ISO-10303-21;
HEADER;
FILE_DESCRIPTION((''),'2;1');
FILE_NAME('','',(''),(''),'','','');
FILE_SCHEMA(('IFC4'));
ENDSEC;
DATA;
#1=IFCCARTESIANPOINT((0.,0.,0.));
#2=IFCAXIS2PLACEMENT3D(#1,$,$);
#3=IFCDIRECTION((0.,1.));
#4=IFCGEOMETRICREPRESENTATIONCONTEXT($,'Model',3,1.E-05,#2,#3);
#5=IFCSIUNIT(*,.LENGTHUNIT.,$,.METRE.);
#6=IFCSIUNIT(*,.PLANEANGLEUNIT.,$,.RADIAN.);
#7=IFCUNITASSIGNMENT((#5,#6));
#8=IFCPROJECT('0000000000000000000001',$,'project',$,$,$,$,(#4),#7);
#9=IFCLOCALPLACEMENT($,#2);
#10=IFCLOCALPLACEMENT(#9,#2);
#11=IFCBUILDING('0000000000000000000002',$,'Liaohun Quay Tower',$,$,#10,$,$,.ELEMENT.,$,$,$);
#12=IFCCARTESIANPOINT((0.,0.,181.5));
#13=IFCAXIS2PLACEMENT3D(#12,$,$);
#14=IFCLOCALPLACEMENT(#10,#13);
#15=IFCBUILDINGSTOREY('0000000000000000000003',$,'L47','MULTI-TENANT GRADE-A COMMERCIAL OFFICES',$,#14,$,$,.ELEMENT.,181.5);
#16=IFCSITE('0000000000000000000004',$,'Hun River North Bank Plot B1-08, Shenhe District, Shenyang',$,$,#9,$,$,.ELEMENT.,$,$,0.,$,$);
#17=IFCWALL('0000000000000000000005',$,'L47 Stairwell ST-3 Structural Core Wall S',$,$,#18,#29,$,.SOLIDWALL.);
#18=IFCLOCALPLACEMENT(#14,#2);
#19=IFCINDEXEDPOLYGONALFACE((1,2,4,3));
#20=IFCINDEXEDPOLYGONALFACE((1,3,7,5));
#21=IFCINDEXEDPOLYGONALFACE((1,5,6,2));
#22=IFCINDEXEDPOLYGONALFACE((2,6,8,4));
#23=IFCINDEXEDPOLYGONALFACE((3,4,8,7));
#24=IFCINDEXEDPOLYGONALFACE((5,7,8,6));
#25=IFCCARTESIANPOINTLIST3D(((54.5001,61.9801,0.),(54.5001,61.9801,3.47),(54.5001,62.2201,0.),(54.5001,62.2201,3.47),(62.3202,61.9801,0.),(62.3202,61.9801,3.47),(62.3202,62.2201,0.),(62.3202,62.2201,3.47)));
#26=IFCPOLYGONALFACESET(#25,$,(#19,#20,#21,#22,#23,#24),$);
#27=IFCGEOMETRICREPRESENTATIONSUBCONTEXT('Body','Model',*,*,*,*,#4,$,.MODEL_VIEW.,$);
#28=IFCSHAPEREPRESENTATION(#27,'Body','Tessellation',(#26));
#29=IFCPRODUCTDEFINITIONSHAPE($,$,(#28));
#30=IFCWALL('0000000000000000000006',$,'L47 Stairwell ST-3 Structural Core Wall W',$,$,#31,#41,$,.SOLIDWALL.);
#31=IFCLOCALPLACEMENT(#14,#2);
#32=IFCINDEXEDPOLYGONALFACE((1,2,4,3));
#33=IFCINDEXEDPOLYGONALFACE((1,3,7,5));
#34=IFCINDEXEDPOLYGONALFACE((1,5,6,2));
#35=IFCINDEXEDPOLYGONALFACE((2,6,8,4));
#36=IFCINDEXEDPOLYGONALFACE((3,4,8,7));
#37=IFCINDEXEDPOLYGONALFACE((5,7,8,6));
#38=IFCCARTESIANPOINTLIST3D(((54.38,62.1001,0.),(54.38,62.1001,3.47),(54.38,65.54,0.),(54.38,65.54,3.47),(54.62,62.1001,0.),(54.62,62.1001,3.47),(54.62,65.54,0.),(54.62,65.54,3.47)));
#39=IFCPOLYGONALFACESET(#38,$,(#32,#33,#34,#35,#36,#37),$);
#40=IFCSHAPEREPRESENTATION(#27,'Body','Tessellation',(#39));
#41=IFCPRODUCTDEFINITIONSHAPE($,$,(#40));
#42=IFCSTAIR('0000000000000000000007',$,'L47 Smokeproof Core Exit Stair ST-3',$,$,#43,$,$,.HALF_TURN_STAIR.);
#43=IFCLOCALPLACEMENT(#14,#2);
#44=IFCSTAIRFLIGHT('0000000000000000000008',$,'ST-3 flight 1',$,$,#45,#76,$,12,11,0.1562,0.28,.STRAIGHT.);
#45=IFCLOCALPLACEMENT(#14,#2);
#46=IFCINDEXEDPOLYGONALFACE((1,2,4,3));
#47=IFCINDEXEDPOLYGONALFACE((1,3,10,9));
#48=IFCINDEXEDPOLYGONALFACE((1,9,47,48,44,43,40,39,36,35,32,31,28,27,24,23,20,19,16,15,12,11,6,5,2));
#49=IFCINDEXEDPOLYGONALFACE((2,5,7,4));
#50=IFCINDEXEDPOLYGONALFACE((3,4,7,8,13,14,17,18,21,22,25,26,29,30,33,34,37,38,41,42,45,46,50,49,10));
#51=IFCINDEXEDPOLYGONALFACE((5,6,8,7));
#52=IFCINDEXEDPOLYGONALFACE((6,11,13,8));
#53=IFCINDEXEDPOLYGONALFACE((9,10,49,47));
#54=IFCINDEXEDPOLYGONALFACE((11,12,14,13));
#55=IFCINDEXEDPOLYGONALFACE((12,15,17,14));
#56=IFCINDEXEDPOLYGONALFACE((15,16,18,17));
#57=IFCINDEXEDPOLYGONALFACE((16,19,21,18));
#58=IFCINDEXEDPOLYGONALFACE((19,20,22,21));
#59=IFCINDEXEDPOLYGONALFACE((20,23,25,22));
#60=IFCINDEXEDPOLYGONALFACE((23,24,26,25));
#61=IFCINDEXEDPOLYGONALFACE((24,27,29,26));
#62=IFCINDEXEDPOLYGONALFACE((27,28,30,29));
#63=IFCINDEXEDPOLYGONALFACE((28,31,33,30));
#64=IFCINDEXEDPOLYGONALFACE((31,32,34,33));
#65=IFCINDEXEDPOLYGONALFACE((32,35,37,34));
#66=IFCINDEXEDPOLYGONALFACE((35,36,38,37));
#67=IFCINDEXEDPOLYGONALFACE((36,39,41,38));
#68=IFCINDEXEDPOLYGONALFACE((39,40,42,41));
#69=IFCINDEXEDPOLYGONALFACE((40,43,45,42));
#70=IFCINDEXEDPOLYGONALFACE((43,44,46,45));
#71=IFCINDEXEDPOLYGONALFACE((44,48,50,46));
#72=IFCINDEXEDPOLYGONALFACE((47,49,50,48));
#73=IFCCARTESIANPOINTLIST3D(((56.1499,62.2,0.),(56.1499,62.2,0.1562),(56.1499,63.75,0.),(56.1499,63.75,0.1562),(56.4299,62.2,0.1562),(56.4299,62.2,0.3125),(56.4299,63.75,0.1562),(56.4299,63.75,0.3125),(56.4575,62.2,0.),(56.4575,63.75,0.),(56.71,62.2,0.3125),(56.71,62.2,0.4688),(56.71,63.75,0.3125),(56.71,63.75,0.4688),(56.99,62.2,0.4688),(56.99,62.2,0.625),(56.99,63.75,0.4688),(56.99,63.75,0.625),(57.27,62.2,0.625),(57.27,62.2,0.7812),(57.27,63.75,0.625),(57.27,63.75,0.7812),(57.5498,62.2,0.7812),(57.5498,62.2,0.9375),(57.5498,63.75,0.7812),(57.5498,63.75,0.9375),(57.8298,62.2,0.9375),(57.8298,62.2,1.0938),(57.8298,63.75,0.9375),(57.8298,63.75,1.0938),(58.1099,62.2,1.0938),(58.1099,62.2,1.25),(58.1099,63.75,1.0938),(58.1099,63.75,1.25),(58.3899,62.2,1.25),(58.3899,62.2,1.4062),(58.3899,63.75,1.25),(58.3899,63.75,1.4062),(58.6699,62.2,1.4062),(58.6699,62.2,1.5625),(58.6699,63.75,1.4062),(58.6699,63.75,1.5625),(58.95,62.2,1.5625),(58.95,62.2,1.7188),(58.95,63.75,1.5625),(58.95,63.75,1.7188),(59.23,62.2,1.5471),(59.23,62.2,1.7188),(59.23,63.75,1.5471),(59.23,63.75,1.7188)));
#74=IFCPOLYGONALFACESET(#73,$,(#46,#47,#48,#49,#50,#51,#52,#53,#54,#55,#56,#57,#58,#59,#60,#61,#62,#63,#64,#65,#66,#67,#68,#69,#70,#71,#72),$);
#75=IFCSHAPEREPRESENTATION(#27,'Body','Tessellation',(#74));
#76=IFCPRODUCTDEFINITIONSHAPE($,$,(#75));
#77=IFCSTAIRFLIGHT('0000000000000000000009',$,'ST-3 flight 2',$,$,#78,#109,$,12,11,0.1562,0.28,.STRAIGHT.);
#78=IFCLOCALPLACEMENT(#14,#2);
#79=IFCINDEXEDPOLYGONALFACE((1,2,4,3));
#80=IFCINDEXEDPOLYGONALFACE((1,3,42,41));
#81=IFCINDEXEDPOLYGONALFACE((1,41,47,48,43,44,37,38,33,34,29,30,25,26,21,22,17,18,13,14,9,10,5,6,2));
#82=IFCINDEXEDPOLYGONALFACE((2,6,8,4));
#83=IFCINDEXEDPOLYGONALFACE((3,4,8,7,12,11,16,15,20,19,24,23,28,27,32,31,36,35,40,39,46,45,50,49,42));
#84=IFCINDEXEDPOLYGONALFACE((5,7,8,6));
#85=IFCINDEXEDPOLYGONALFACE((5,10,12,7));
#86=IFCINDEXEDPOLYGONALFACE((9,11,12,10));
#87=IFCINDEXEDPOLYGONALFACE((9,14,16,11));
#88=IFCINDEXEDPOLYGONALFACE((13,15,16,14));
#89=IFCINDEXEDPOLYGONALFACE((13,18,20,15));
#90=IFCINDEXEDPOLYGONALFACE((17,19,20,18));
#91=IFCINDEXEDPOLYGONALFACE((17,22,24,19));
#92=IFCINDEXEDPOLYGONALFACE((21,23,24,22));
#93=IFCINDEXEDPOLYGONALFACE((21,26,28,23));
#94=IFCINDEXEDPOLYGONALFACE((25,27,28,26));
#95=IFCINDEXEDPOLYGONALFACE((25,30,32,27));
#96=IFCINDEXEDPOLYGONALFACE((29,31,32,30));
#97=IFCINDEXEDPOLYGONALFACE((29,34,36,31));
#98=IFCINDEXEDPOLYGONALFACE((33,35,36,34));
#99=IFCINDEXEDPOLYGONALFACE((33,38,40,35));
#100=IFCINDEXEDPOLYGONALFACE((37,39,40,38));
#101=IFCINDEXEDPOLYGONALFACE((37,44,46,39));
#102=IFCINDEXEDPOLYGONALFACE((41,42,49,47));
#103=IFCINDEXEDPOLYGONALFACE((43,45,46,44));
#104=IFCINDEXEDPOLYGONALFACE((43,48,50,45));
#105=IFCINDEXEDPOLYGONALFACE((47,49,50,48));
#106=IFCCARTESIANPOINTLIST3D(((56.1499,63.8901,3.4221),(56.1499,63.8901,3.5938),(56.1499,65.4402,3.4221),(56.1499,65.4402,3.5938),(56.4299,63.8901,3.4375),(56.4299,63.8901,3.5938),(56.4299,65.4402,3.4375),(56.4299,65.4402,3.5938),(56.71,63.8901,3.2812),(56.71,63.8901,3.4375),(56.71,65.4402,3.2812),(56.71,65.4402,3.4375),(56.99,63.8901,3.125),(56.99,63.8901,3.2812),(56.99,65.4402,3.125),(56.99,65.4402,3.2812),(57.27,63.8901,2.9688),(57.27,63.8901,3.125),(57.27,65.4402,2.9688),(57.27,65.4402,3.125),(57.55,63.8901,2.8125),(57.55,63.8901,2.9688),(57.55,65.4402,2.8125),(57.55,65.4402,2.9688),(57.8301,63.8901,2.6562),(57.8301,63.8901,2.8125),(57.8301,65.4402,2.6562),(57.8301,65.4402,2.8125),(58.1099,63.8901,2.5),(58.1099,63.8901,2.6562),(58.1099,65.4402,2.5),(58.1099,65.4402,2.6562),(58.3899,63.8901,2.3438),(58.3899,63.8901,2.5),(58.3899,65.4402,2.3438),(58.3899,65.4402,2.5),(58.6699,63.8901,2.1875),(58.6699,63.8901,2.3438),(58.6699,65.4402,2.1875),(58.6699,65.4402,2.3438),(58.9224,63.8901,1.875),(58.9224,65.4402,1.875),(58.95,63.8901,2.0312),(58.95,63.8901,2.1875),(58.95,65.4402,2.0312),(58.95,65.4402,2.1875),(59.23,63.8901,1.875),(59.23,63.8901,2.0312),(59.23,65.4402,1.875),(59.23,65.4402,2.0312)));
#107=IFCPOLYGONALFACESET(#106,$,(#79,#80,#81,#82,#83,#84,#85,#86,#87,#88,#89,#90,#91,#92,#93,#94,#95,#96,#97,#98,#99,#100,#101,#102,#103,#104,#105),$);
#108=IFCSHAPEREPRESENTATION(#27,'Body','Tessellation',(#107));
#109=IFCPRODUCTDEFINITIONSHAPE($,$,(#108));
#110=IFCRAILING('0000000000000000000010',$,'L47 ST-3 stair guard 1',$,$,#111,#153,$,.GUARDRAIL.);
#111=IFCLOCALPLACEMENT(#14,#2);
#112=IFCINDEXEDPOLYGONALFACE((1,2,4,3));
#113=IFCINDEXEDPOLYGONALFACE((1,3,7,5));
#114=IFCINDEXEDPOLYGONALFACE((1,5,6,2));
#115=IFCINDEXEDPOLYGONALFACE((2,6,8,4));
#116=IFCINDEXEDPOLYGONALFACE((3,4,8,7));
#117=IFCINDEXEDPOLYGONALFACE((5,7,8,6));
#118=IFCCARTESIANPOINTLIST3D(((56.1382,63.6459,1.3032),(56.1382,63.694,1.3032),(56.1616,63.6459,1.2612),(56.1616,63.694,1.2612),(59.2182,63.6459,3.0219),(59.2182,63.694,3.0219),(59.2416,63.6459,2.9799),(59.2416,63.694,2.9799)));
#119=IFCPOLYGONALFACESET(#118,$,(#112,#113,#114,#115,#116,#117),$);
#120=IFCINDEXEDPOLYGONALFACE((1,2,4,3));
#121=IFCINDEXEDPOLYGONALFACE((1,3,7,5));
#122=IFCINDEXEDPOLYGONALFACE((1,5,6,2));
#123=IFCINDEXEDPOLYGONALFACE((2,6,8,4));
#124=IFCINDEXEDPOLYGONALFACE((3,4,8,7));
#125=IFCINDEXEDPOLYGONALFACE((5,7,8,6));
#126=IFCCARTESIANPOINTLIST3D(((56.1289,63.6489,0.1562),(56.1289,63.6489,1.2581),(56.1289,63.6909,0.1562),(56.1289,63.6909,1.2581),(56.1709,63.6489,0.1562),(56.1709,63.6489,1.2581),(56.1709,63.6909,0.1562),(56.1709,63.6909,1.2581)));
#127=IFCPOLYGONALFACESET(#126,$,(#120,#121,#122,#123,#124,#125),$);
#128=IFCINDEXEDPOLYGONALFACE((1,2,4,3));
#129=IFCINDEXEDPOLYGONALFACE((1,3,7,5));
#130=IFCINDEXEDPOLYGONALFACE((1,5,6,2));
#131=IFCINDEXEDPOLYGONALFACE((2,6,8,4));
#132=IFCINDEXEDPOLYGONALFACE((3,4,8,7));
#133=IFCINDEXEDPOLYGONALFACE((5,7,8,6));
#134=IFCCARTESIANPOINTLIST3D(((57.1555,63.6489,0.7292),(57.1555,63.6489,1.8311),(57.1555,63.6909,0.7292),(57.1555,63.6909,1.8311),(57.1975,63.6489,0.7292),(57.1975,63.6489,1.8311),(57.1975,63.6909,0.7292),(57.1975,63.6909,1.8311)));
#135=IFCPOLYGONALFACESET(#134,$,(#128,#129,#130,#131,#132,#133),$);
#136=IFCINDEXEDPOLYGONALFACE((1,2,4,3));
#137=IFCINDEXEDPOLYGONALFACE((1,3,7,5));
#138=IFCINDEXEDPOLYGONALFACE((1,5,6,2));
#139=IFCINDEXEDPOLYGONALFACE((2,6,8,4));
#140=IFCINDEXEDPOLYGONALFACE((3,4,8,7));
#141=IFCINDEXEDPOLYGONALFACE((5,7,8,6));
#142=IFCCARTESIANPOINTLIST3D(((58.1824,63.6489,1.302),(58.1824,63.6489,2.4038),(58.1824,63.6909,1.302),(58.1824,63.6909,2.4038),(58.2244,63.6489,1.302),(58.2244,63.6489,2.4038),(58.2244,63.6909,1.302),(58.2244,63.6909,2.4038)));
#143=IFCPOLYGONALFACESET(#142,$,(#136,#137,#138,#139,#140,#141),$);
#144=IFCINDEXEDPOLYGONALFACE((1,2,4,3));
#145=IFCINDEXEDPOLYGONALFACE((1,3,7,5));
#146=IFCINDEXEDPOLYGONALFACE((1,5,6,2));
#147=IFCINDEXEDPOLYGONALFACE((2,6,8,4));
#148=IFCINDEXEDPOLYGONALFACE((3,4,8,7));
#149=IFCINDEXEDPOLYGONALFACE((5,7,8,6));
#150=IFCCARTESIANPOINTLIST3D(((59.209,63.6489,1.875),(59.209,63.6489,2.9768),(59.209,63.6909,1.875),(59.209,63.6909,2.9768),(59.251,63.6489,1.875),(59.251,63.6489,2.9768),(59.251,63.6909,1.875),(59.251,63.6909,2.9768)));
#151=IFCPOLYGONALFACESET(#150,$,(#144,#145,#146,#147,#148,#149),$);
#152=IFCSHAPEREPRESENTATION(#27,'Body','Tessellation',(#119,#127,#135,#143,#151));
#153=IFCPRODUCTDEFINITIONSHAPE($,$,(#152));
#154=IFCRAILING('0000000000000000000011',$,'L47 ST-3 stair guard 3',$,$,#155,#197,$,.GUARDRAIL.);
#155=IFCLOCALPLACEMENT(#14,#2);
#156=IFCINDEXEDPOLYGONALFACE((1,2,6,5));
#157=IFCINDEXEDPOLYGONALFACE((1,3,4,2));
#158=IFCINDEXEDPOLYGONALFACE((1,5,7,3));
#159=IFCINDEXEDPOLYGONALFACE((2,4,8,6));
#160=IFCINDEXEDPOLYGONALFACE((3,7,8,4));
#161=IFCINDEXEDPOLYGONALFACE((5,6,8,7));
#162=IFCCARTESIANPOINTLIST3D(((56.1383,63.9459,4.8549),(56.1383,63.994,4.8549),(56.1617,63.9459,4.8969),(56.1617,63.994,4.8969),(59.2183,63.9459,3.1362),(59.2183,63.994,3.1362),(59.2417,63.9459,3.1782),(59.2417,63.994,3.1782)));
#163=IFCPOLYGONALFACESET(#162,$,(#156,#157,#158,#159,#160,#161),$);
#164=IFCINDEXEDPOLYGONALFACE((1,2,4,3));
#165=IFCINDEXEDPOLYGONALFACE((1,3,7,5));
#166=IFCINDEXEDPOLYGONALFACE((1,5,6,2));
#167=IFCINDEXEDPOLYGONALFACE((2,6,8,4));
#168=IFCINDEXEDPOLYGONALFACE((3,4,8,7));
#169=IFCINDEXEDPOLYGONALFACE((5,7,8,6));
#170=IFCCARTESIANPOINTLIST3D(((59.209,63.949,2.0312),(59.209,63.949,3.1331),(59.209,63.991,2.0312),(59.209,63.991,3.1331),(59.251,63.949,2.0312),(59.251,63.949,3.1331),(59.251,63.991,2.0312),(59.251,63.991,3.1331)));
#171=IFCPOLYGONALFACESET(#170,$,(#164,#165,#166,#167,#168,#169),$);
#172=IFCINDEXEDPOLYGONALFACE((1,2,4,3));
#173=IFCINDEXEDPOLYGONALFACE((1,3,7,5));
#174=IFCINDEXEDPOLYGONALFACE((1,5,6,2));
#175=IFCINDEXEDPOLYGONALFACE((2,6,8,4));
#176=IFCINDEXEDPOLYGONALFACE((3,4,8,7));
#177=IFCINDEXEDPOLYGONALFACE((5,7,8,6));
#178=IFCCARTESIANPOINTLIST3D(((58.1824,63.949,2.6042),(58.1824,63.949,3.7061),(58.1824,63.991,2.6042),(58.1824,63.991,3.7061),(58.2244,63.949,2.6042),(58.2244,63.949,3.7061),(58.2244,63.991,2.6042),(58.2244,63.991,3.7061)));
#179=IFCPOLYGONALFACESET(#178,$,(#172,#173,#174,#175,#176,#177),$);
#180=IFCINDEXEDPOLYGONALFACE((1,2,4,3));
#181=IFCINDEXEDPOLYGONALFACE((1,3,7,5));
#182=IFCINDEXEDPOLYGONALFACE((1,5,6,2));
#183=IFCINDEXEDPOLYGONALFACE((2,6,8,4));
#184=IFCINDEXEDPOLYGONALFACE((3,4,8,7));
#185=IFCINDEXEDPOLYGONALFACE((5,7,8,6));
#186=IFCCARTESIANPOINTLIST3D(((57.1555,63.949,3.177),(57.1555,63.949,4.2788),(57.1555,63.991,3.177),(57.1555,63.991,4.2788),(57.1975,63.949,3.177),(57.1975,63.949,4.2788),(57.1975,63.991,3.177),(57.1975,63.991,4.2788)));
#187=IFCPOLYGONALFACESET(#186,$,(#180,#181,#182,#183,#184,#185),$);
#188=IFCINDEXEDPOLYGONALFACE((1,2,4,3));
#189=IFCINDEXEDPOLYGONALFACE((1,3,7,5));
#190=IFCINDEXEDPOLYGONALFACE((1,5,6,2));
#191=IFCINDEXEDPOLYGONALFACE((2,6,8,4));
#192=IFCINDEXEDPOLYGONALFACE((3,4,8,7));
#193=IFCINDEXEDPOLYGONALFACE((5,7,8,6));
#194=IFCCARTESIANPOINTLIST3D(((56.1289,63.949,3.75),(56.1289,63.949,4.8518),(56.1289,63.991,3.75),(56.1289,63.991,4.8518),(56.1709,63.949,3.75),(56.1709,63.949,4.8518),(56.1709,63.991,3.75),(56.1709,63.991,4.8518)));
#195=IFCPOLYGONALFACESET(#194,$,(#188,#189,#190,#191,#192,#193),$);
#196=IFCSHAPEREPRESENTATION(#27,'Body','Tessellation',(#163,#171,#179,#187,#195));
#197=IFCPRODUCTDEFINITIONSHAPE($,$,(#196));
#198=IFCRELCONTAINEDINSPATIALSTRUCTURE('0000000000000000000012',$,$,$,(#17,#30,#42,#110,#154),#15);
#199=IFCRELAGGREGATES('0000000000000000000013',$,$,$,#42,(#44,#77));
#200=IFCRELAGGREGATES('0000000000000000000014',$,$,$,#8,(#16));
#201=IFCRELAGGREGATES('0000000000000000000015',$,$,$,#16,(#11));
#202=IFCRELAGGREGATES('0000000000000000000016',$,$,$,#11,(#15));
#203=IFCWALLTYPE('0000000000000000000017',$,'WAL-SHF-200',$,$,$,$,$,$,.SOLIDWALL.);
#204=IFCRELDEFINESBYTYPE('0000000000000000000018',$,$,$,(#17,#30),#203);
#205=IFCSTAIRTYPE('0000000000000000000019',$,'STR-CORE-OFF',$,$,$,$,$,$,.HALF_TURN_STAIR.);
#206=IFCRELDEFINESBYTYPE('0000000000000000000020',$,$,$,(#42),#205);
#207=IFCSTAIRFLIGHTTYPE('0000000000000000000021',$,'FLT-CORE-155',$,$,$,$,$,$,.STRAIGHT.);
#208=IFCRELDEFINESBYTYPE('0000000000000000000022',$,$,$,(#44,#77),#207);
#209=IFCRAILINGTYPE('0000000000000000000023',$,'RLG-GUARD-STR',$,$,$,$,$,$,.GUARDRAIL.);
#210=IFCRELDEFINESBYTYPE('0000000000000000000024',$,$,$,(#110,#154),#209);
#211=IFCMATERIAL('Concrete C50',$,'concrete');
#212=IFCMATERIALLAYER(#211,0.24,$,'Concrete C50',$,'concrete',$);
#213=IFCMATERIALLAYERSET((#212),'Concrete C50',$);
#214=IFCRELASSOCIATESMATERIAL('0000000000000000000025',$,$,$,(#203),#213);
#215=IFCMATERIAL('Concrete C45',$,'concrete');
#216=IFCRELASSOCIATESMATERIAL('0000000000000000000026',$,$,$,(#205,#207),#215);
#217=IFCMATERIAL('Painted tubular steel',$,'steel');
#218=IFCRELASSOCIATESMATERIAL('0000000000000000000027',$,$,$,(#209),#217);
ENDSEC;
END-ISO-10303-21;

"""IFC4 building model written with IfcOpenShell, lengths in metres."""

from ifc_helpers import new_model, si_unit, direction, frame, frame_2d, origin, origin_2d, place, context, subcontext, project, spatial, polyline, rectangle, outline, extrude, material, layer, layer_set, type_object, element, aggregate, save


model = new_model("IFC4")

# Units and contexts
model_context = context("Model", 3, precision=1e-05, world=origin(), true_north=direction((0.0, 1.0)))
body_context = subcontext(model_context, "Body", "Model", "MODEL_VIEW")
ifc_project = project(units=[si_unit("LENGTHUNIT", "METRE"), si_unit("PLANEANGLEUNIT", "RADIAN")], contexts=[model_context])

# Site, building, storey
site_placement = place(None, origin())
site = spatial("IfcSite", under=ifc_project, at=site_placement, Name="Hun River North Bank Plot B1-08, Shenhe District, Shenyang", CompositionType="ELEMENT", RefElevation=0.0)
building_placement = place(site_placement, origin())
building = spatial("IfcBuilding", under=site, at=building_placement, Name="Liaohun Quay Tower", CompositionType="ELEMENT")
storey_placement = place(building_placement, frame((0.0, 0.0, 181.5)))
storey = spatial("IfcBuildingStorey", under=building, at=storey_placement, Name="L47", Description="MULTI-TENANT GRADE-A COMMERCIAL OFFICES", CompositionType="ELEMENT", Elevation=181.5)

# Walls
ifc_material_1 = material(Name="Concrete C50", Category="concrete")
ifc_layer_1 = layer(ifc_material_1, 0.24, Name="Concrete C50", Category="concrete")
ifc_layer_set_1 = layer_set([ifc_layer_1], Name="Concrete C50")
wall_type_1 = type_object("IfcWallType", Name="WAL-SHF-200", PredefinedType="SOLIDWALL", material=ifc_layer_set_1)
wall_1_placement = place(storey_placement, frame((54.5, 62.1001, 0.0), z_axis=(0.0, 0.0, 1.0), x_axis=(1.0, 0.0, 0.0)))
element("IfcWall", 1, at=wall_1_placement, inside=storey, type_object=wall_type_1, Name="L47 Stairwell ST-3 Structural Core Wall S", PredefinedType="SOLIDWALL", context=body_context, shape_type="SweptSolid", body=[
    extrude(rectangle(XDim=7.8201, YDim=0.24, at=frame_2d((3.9102, 0.0))), origin(), (0.0, 0.0, 1.0), 3.47),
])
wall_2_placement = place(storey_placement, frame((54.5, 65.54, 0.0), z_axis=(0.0, 0.0, 1.0), x_axis=(0.0, -1.0, 0.0)))
element("IfcWall", 2, at=wall_2_placement, inside=storey, type_object=wall_type_1, Name="L47 Stairwell ST-3 Structural Core Wall W", PredefinedType="SOLIDWALL", context=body_context, shape_type="SweptSolid", body=[
    extrude(rectangle(XDim=3.4399, YDim=0.24, at=frame_2d((1.72, 0.0))), origin(), (0.0, 0.0, 1.0), 3.47),
])

# Stair, stair flights
ifc_material_2 = material(Name="Concrete C45", Category="concrete")
stair_type = type_object("IfcStairType", Name="STR-CORE-OFF", PredefinedType="HALF_TURN_STAIR", material=ifc_material_2)
stair_placement = place(storey_placement, origin())
stair = element("IfcStair", 3, at=stair_placement, inside=storey, type_object=stair_type, Name="L47 Smokeproof Core Exit Stair ST-3", PredefinedType="HALF_TURN_STAIR")
stair_flight_type = type_object("IfcStairFlightType", Name="FLT-CORE-155", PredefinedType="STRAIGHT", material=ifc_material_2)
stair_flight_1_placement = place(storey_placement, frame((56.1499, 62.9751, 0.0), z_axis=(0.0, 0.0, 1.0), x_axis=(1.0, 0.0, 0.0)))
stair_flight_1 = element("IfcStairFlight", 4, at=stair_flight_1_placement, type_object=stair_flight_type, Name="ST-3 flight 1", NumberOfRisers=12, NumberOfTreads=11, PredefinedType="STRAIGHT", RiserHeight=0.1562, TreadLength=0.28, context=body_context, shape_type="SweptSolid", body=[
    extrude(outline(polyline([(0.0, 0.0), (0.0, 0.1562), (0.28, 0.1562), (0.28, 0.3125), (0.5601, 0.3125), (0.5601, 0.4688), (0.8401, 0.4688), (0.8401, 0.625), (1.1201, 0.625), (1.1201, 0.7812), (1.3999, 0.7812), (1.3999, 0.9375), (1.6799, 0.9375), (1.6799, 1.0938), (1.96, 1.0938), (1.96, 1.25), (2.24, 1.25), (2.24, 1.4062), (2.52, 1.4062), (2.52, 1.5625), (2.8, 1.5625), (2.8, 1.7188), (3.0801, 1.7188), (3.0801, 1.875), (3.0801, 1.5471), (0.3076, 0.0), (0.0, 0.0)])), frame((0.0, 0.7749, 0.0), z_axis=(0.0, -1.0, 0.0), x_axis=(1.0, 0.0, 0.0)), (0.0, 0.0, 1.0), 1.55),
])
stair_flight_2_placement = place(storey_placement, frame((59.23, 64.665, 1.875), z_axis=(0.0, 0.0, 1.0), x_axis=(-1.0, 0.0, 0.0)))
stair_flight_2 = element("IfcStairFlight", 5, at=stair_flight_2_placement, type_object=stair_flight_type, Name="ST-3 flight 2", NumberOfRisers=12, NumberOfTreads=11, PredefinedType="STRAIGHT", RiserHeight=0.1562, TreadLength=0.28, context=body_context, shape_type="SweptSolid", body=[
    extrude(outline(polyline([(0.0, 0.0), (0.0, 0.1562), (0.28, 0.1562), (0.28, 0.3125), (0.5601, 0.3125), (0.5601, 0.4688), (0.8401, 0.4688), (0.8401, 0.625), (1.1201, 0.625), (1.1201, 0.7812), (1.3999, 0.7812), (1.3999, 0.9375), (1.6799, 0.9375), (1.6799, 1.0938), (1.96, 1.0938), (1.96, 1.25), (2.24, 1.25), (2.24, 1.4062), (2.52, 1.4062), (2.52, 1.5625), (2.8, 1.5625), (2.8, 1.7188), (3.0801, 1.7188), (3.0801, 1.875), (3.0801, 1.5471), (0.3076, 0.0), (0.0, 0.0)])), frame((0.0, 0.7749, 0.0), z_axis=(0.0, -1.0, 0.0), x_axis=(1.0, 0.0, 0.0)), (0.0, 0.0, 1.0), 1.55),
])
aggregate(stair, [stair_flight_1, stair_flight_2])

# Railings
ifc_material_3 = material(Name="Painted tubular steel", Category="steel")
railing_type_1 = type_object("IfcRailingType", Name="RLG-GUARD-STR", PredefinedType="GUARDRAIL", material=ifc_material_3)
railing_1_placement = place(storey_placement, frame((56.1499, 63.6699, 0.1562)))
element("IfcRailing", 6, at=railing_1_placement, inside=storey, type_object=railing_type_1, Name="L47 ST-3 stair guard 1", PredefinedType="GUARDRAIL", context=body_context, shape_type="SweptSolid", body=[
    extrude(rectangle(XDim=0.0481, YDim=0.0481, at=origin_2d()), frame((0.0, 0.0, 1.126), z_axis=(0.873242, 0.0, 0.487288), x_axis=(0.0, 1.0, 0.0)), (0.0, 0.0, 1.0), 3.5271),
    extrude(rectangle(XDim=0.042, YDim=0.042, at=origin_2d()), origin(), (0.0, 0.0, 1.0), 1.1018),
    extrude(rectangle(XDim=0.042, YDim=0.042, at=origin_2d()), frame((1.0266, 0.0, 0.573)), (0.0, 0.0, 1.0), 1.1018),
    extrude(rectangle(XDim=0.042, YDim=0.042, at=origin_2d()), frame((2.0535, 0.0, 1.1458)), (0.0, 0.0, 1.0), 1.1018),
    extrude(rectangle(XDim=0.042, YDim=0.042, at=origin_2d()), frame((3.0801, 0.0, 1.7188)), (0.0, 0.0, 1.0), 1.1018),
])
railing_2_placement = place(storey_placement, frame((59.23, 63.97, 2.0312)))
element("IfcRailing", 7, at=railing_2_placement, inside=storey, type_object=railing_type_1, Name="L47 ST-3 stair guard 3", PredefinedType="GUARDRAIL", context=body_context, shape_type="SweptSolid", body=[
    extrude(rectangle(XDim=0.0481, YDim=0.0481, at=origin_2d()), frame((0.0, 0.0, 1.126), z_axis=(-0.873242, 0.0, 0.487288), x_axis=(0.0, -1.0, 0.0)), (0.0, 0.0, 1.0), 3.5271),
    extrude(rectangle(XDim=0.042, YDim=0.042, at=origin_2d()), origin(), (0.0, 0.0, 1.0), 1.1018),
    extrude(rectangle(XDim=0.042, YDim=0.042, at=origin_2d()), frame((-1.0266, 0.0, 0.573)), (0.0, 0.0, 1.0), 1.1018),
    extrude(rectangle(XDim=0.042, YDim=0.042, at=origin_2d()), frame((-2.0535, 0.0, 1.1458)), (0.0, 0.0, 1.0), 1.1018),
    extrude(rectangle(XDim=0.042, YDim=0.042, at=origin_2d()), frame((-3.0801, 0.0, 1.7188)), (0.0, 0.0, 1.0), 1.1018),
])

save(model, "model.ifc")
